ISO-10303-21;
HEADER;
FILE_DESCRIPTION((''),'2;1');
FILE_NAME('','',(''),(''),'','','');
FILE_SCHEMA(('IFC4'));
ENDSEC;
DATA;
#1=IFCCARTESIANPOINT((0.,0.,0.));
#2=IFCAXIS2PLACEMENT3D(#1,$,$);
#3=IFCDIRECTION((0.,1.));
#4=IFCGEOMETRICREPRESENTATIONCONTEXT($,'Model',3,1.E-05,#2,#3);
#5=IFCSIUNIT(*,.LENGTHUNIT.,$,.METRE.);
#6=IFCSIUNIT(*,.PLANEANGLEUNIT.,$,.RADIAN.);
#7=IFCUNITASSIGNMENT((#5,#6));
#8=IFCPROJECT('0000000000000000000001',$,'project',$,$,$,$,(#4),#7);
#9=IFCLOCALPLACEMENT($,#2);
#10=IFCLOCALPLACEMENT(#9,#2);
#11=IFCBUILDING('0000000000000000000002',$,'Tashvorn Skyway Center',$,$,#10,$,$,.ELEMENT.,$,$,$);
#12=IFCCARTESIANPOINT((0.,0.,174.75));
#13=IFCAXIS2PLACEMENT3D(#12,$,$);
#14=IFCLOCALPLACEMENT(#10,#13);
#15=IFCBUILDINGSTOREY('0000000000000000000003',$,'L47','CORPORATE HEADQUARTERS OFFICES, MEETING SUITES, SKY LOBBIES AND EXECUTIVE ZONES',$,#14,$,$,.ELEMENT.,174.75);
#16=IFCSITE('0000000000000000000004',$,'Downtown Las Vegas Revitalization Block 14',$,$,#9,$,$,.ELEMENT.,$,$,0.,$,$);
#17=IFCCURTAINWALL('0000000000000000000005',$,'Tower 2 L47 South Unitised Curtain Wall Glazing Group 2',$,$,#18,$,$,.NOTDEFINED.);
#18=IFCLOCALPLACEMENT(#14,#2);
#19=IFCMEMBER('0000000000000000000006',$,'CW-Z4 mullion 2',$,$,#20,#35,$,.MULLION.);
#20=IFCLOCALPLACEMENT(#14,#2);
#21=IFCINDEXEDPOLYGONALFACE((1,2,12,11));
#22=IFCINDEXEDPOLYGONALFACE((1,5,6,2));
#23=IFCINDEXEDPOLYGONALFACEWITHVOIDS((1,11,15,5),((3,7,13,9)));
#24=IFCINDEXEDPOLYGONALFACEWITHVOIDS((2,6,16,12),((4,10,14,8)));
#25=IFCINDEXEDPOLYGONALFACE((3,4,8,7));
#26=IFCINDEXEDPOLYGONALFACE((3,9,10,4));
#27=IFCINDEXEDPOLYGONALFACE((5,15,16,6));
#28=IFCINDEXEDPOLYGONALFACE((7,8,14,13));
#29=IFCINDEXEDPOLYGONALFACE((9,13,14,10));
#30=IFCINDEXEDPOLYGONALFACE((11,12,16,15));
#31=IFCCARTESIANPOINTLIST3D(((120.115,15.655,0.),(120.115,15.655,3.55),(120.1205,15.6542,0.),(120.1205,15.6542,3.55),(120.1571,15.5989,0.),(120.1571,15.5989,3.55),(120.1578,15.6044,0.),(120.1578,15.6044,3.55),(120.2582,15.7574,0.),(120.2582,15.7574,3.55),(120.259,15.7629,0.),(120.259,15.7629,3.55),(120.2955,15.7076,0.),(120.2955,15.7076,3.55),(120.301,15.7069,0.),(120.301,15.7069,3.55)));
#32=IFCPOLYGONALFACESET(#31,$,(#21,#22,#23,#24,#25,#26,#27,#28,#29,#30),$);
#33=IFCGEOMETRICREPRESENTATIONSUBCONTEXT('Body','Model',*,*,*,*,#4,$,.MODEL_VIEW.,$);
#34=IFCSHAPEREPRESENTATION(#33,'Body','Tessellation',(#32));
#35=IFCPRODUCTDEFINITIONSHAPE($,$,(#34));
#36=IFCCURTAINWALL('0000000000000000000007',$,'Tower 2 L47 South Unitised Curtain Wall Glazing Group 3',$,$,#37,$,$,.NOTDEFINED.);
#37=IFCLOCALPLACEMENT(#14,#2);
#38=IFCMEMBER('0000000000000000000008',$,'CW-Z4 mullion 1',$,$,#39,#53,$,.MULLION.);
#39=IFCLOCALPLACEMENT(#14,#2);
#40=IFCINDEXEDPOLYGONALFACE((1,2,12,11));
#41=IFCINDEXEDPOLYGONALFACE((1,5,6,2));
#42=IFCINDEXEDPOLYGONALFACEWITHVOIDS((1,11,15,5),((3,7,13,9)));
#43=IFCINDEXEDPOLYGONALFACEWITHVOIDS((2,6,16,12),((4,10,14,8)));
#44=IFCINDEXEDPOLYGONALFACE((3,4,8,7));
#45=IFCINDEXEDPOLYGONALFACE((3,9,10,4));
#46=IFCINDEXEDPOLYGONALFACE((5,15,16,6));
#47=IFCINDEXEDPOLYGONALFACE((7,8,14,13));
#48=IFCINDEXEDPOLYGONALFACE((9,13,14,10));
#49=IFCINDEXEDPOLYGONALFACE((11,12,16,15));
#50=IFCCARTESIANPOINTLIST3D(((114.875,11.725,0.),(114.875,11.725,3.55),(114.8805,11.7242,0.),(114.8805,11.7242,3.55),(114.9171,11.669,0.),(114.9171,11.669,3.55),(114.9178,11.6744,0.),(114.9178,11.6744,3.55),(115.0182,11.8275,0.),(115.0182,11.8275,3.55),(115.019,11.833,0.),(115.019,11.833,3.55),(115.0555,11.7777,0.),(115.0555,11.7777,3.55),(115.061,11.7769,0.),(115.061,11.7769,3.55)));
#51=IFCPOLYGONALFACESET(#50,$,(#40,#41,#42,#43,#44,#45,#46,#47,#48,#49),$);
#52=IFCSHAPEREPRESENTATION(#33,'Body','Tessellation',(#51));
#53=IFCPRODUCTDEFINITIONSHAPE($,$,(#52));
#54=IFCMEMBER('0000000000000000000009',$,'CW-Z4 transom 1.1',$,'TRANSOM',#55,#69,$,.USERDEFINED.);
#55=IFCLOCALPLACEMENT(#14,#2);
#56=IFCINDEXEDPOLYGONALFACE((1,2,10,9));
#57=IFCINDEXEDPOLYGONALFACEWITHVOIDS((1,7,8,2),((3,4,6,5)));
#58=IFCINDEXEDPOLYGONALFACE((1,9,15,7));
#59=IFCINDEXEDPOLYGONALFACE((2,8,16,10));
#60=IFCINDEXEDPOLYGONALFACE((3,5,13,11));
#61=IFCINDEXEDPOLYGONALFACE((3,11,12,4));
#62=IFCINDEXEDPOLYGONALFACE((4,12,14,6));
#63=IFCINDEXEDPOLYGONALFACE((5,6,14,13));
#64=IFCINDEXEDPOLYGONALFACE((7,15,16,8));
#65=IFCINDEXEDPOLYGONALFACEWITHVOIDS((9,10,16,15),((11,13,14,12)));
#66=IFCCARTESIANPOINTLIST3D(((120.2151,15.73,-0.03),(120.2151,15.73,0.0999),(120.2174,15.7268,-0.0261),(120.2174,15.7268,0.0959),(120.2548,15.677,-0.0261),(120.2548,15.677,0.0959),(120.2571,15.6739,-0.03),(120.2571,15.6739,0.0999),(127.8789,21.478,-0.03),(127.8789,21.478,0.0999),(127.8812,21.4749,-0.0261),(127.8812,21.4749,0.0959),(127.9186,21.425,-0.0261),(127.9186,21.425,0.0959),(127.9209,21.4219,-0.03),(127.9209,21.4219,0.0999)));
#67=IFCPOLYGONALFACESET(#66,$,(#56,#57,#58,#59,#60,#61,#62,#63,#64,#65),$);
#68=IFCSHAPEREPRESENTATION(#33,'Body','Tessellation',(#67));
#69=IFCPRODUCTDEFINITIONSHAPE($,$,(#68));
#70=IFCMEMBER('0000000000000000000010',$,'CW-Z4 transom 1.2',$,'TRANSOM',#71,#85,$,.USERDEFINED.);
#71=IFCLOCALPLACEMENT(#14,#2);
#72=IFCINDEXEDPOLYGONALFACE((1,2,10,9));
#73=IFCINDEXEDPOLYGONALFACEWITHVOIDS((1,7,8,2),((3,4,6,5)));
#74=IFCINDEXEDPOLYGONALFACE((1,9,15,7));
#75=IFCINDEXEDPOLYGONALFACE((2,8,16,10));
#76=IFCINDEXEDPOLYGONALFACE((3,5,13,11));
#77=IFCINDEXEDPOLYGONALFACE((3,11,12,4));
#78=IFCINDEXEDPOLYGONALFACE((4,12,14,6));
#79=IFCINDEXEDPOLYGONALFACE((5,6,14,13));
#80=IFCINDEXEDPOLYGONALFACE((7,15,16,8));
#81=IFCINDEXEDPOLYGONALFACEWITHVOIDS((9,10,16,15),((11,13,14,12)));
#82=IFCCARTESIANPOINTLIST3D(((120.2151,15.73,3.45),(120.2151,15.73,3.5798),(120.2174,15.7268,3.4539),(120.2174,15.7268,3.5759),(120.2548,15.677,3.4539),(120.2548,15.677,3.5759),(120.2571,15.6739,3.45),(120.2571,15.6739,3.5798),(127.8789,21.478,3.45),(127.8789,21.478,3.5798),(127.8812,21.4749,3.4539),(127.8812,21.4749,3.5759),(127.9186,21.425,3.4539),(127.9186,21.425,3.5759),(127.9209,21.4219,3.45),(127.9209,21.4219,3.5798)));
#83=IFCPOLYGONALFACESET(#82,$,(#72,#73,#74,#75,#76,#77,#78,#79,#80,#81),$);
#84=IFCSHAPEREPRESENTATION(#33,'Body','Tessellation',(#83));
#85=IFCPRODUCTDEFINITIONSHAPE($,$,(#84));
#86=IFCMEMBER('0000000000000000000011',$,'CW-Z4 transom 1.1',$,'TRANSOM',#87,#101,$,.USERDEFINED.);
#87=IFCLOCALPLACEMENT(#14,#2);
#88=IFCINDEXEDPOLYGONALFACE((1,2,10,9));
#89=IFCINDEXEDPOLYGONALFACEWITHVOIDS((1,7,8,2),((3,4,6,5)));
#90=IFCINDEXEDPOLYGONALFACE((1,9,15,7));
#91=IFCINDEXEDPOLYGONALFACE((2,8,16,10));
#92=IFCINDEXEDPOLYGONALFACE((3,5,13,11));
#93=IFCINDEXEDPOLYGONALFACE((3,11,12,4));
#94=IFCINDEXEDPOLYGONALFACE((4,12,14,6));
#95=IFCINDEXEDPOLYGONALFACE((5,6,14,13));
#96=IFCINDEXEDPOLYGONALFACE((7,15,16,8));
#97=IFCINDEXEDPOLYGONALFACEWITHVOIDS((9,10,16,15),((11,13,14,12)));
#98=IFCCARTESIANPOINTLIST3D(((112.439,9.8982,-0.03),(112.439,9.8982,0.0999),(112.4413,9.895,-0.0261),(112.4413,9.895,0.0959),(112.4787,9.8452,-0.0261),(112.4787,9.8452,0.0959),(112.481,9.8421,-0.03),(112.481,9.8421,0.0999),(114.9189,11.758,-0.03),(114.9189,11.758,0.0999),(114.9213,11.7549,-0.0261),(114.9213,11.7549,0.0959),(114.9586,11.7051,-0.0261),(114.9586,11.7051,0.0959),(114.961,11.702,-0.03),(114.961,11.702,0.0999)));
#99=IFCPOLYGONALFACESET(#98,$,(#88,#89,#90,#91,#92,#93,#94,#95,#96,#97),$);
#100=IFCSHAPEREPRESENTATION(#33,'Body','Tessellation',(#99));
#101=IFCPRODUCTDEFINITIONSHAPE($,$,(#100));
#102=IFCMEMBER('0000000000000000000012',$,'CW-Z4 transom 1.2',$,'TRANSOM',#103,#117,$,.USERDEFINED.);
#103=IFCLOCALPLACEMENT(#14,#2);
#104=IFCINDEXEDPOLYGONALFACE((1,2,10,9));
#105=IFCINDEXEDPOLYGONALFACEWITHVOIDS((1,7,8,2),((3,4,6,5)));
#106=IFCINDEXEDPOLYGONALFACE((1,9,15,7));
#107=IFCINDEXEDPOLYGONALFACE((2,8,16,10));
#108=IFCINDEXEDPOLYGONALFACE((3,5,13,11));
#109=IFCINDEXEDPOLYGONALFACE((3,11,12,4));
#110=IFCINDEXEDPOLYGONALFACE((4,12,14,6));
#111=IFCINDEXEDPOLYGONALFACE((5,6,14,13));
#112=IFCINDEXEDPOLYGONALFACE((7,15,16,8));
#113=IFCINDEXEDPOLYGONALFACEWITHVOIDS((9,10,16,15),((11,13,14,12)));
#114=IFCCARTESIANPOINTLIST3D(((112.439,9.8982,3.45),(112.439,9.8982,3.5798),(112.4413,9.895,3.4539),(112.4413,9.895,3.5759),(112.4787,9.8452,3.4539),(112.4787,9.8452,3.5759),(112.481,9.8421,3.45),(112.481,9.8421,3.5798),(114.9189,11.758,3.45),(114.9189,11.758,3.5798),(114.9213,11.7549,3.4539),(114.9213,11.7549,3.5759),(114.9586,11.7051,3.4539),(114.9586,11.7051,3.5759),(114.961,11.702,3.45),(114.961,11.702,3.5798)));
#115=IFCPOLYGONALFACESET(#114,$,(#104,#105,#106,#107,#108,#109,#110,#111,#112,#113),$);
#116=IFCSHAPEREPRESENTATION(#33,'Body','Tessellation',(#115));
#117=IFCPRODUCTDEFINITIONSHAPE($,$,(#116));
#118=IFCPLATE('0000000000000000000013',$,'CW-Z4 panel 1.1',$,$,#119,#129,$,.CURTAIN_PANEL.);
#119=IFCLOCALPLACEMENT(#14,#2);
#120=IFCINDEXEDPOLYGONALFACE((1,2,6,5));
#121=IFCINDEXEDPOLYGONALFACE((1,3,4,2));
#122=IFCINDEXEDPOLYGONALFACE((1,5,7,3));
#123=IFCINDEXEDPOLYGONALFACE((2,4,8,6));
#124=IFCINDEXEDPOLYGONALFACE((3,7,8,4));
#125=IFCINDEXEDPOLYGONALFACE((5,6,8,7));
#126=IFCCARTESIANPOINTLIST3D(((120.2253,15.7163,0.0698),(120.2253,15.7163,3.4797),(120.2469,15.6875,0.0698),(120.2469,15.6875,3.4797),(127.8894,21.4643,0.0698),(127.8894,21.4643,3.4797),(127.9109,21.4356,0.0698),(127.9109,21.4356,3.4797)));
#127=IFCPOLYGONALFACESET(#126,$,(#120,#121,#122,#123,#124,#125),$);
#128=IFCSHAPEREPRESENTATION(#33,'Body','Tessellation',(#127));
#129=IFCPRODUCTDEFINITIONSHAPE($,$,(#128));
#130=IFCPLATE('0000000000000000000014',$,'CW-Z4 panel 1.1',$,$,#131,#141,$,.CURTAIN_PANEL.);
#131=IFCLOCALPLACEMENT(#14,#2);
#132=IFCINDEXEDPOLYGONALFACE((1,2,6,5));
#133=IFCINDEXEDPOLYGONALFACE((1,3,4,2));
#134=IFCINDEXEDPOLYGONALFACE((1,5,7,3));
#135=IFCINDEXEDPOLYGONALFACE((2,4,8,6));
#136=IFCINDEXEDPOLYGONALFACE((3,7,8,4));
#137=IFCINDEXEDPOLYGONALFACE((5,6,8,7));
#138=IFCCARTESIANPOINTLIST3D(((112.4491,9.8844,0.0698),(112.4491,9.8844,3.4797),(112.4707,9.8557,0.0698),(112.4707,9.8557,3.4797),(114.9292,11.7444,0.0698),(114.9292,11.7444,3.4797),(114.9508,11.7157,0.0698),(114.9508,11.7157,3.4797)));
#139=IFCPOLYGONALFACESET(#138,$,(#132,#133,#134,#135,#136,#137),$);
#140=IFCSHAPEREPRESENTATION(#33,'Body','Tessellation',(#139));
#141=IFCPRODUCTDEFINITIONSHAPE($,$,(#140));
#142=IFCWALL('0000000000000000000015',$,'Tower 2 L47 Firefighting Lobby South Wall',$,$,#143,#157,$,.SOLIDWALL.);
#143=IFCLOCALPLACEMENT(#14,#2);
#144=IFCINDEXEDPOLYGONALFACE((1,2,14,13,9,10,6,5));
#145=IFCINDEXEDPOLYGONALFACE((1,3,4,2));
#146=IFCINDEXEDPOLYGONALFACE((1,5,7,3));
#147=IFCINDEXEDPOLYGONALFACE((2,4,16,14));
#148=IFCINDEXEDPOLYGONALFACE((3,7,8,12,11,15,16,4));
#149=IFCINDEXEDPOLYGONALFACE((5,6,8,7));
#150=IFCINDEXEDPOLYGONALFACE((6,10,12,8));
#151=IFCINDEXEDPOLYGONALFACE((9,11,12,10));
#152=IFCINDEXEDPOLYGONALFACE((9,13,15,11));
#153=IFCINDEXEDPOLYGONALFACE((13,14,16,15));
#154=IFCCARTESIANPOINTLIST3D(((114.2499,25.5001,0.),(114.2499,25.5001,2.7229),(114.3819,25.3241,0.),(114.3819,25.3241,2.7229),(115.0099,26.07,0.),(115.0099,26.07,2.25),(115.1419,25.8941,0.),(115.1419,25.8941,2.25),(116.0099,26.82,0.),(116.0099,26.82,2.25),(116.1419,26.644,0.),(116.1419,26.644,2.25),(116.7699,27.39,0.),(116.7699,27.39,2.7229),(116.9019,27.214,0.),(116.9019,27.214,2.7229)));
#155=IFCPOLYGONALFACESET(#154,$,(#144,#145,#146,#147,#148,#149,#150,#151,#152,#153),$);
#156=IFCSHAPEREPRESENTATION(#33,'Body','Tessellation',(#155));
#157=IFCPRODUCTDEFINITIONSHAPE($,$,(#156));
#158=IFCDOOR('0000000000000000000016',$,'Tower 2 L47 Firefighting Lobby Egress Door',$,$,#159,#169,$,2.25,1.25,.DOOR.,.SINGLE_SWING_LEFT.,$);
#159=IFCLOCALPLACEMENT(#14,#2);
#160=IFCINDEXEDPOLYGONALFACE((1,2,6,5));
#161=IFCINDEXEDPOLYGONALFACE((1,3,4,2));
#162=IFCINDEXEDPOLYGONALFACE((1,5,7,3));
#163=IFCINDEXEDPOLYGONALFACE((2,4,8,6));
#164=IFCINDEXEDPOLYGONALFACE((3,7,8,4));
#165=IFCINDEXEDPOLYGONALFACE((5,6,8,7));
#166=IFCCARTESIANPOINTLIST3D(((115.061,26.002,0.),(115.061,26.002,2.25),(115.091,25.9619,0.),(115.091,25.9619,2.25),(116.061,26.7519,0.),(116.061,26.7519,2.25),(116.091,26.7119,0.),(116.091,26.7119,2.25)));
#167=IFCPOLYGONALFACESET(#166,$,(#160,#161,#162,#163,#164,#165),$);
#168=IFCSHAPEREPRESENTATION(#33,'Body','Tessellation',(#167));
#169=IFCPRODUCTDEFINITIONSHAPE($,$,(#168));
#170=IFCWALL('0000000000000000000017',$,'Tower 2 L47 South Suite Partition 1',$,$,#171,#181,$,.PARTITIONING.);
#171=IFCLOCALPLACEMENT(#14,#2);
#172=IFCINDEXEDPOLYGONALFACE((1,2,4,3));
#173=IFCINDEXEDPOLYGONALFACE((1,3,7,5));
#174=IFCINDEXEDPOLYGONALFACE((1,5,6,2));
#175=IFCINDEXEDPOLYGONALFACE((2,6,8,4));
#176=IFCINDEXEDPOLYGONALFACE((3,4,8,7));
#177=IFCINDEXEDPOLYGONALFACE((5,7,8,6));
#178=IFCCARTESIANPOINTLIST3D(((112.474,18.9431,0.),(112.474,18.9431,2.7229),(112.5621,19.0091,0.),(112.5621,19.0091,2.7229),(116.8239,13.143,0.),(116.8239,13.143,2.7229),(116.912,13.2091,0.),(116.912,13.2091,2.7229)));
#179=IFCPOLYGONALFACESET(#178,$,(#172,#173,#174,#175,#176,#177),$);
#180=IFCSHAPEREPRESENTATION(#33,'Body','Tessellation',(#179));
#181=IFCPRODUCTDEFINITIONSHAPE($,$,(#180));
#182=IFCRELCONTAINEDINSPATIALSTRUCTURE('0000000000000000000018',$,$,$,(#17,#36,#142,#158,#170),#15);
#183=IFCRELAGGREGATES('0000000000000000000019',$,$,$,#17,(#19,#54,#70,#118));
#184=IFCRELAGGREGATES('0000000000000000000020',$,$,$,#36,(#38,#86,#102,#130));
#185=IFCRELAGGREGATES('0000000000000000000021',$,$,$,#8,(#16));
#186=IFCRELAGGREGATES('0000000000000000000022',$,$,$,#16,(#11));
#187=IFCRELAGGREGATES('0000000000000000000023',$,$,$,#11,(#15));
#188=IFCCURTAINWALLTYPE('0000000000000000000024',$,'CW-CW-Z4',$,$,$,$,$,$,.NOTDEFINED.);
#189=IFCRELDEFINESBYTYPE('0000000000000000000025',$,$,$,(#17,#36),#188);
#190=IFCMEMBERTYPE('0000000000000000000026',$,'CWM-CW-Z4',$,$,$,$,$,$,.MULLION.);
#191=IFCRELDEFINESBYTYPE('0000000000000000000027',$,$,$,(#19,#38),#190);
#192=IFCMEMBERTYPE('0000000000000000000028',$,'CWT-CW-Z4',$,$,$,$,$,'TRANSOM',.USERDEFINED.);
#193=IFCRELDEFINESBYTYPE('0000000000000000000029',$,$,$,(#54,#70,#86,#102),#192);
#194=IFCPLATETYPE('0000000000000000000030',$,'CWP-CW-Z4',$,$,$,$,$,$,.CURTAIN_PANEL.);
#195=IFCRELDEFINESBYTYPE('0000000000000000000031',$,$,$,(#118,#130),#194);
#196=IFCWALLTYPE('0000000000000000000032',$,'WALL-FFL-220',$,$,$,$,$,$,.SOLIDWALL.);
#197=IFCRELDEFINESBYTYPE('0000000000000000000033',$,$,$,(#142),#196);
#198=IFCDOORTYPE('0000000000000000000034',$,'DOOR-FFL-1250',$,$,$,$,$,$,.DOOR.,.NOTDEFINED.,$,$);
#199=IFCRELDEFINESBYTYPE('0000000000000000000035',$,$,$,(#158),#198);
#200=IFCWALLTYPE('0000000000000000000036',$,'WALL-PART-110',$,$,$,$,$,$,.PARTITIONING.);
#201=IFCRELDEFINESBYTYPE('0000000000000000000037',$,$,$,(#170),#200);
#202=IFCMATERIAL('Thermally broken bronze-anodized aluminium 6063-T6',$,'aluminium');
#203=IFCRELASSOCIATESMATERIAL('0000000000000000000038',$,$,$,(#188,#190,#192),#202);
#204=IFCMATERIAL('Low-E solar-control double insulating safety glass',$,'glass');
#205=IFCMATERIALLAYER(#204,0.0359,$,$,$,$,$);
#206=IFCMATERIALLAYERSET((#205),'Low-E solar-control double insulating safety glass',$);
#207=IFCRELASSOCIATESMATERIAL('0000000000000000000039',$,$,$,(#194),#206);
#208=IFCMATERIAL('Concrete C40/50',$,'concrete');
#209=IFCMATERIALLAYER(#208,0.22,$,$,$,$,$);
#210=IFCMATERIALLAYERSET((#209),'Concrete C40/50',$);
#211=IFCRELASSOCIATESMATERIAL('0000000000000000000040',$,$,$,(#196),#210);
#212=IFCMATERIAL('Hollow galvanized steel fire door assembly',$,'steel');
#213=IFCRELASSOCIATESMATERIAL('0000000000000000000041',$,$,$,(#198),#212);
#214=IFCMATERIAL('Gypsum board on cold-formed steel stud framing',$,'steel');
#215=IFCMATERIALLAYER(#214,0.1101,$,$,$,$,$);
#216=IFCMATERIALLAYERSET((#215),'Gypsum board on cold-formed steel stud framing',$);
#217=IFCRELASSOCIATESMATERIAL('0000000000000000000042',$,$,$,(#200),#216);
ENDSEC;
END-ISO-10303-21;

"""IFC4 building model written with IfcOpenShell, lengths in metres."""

from ifc_helpers import new_model, si_unit, direction, frame, frame_2d, origin, origin_2d, place, context, subcontext, project, spatial, rectangle, hollow_rectangle, extrude, material, layer, layer_set, material_profile, profile_set, type_object, element, fill, aggregate, save


model = new_model("IFC4")

# Units and contexts
model_context = context("Model", 3, precision=1e-05, world=origin(), true_north=direction((0.0, 1.0)))
body_context = subcontext(model_context, "Body", "Model", "MODEL_VIEW")
ifc_project = project(units=[si_unit("LENGTHUNIT", "METRE"), si_unit("PLANEANGLEUNIT", "RADIAN")], contexts=[model_context])

# Site, building, storey
site_placement = place(None, origin())
site = spatial("IfcSite", under=ifc_project, at=site_placement, Name="Downtown Las Vegas Revitalization Block 14", CompositionType="ELEMENT", RefElevation=0.0)
building_placement = place(site_placement, origin())
building = spatial("IfcBuilding", under=site, at=building_placement, Name="Tashvorn Skyway Center", CompositionType="ELEMENT")
storey_placement = place(building_placement, frame((0.0, 0.0, 174.75)))
storey = spatial("IfcBuildingStorey", under=building, at=storey_placement, Name="L47", Description="CORPORATE HEADQUARTERS OFFICES, MEETING SUITES, SKY LOBBIES AND EXECUTIVE ZONES", CompositionType="ELEMENT", Elevation=174.75)

# Shared definitions
ifc_material_1 = material(Name="Thermally broken bronze-anodized aluminium 6063-T6", Category="aluminium")
curtain_wall_type = type_object("IfcCurtainWallType", Name="CW-CW-Z4", PredefinedType="NOTDEFINED", material=ifc_material_1)
ifc_material_profile_1 = material_profile(ifc_material_1, hollow_rectangle(XDim=0.0701, YDim=0.1799, WallThickness=0.0039, at=origin_2d()), Name="ALU-MULL-70x180")
ifc_profile_set_1 = profile_set([ifc_material_profile_1], Name="Thermally broken bronze-anodized aluminium 6063-T6")
member_type_1 = type_object("IfcMemberType", Name="CWM-CW-Z4", PredefinedType="MULLION", material=ifc_profile_set_1)

# Curtain wall, member
curtain_wall_1_placement = place(storey_placement, origin())
curtain_wall_1 = element("IfcCurtainWall", 1, at=curtain_wall_1_placement, inside=storey, type_object=curtain_wall_type, Name="Tower 2 L47 South Unitised Curtain Wall Glazing Group 2", PredefinedType="NOTDEFINED")
member_1_placement = place(storey_placement, frame((120.208, 15.6809, 0.0), z_axis=(0.0, 0.0, 1.0), x_axis=(0.6, -0.8, 0.0)))
member_1 = element("IfcMember", 2, at=member_1_placement, type_object=member_type_1, Name="CW-Z4 mullion 2", PredefinedType="MULLION", context=body_context, shape_type="SweptSolid", body=[
    extrude(hollow_rectangle(XDim=0.0701, YDim=0.1799, WallThickness=0.0039, at=origin_2d()), origin(), (0.0, 0.0, 1.0), 3.55),
])

# Curtain wall, member
curtain_wall_2_placement = place(storey_placement, origin())
curtain_wall_2 = element("IfcCurtainWall", 3, at=curtain_wall_2_placement, inside=storey, type_object=curtain_wall_type, Name="Tower 2 L47 South Unitised Curtain Wall Glazing Group 3", PredefinedType="NOTDEFINED")
member_2_placement = place(storey_placement, frame((114.968, 11.751, 0.0), z_axis=(0.0, 0.0, 1.0), x_axis=(0.6, -0.8, 0.0)))
member_2 = element("IfcMember", 4, at=member_2_placement, type_object=member_type_1, Name="CW-Z4 mullion 1", PredefinedType="MULLION", context=body_context, shape_type="SweptSolid", body=[
    extrude(hollow_rectangle(XDim=0.0701, YDim=0.1799, WallThickness=0.0039, at=origin_2d()), origin(), (0.0, 0.0, 1.0), 3.55),
])

# Members
ifc_material_profile_2 = material_profile(ifc_material_1, hollow_rectangle(XDim=0.0701, YDim=0.1299, WallThickness=0.0039, at=origin_2d()), Name="ALU-TRAN-70x130")
ifc_profile_set_2 = profile_set([ifc_material_profile_2], Name="Thermally broken bronze-anodized aluminium 6063-T6")
member_type_2 = type_object("IfcMemberType", Name="CWT-CW-Z4", ElementType="TRANSOM", PredefinedType="USERDEFINED", material=ifc_profile_set_2)
member_3_placement = place(storey_placement, frame((127.8999, 21.45, 0.0349), z_axis=(-0.799991, -0.600012, 0.0), x_axis=(0.600012, -0.799991, 0.0)))
member_3 = element("IfcMember", 5, at=member_3_placement, type_object=member_type_2, Name="CW-Z4 transom 1.1", ObjectType="TRANSOM", PredefinedType="USERDEFINED", context=body_context, shape_type="SweptSolid", body=[
    extrude(hollow_rectangle(XDim=0.0701, YDim=0.1299, WallThickness=0.0039, at=origin_2d()), origin(), (0.0, 0.0, 1.0), 9.5798),
])
member_4_placement = place(storey_placement, frame((127.8999, 21.45, 3.5149), z_axis=(-0.799991, -0.600012, 0.0), x_axis=(0.600012, -0.799991, 0.0)))
member_4 = element("IfcMember", 6, at=member_4_placement, type_object=member_type_2, Name="CW-Z4 transom 1.2", ObjectType="TRANSOM", PredefinedType="USERDEFINED", context=body_context, shape_type="SweptSolid", body=[
    extrude(hollow_rectangle(XDim=0.0701, YDim=0.1299, WallThickness=0.0039, at=origin_2d()), origin(), (0.0, 0.0, 1.0), 9.5798),
])
member_5_placement = place(storey_placement, frame((114.9399, 11.73, 0.0349), z_axis=(-0.800019, -0.599975, 0.0), x_axis=(0.599975, -0.800019, 0.0)))
member_5 = element("IfcMember", 7, at=member_5_placement, type_object=member_type_2, Name="CW-Z4 transom 1.1", ObjectType="TRANSOM", PredefinedType="USERDEFINED", context=body_context, shape_type="SweptSolid", body=[
    extrude(hollow_rectangle(XDim=0.0701, YDim=0.1299, WallThickness=0.0039, at=origin_2d()), origin(), (0.0, 0.0, 1.0), 3.0999),
])
member_6_placement = place(storey_placement, frame((114.9399, 11.73, 3.5149), z_axis=(-0.800019, -0.599975, 0.0), x_axis=(0.599975, -0.800019, 0.0)))
member_6 = element("IfcMember", 8, at=member_6_placement, type_object=member_type_2, Name="CW-Z4 transom 1.2", ObjectType="TRANSOM", PredefinedType="USERDEFINED", context=body_context, shape_type="SweptSolid", body=[
    extrude(hollow_rectangle(XDim=0.0701, YDim=0.1299, WallThickness=0.0039, at=origin_2d()), origin(), (0.0, 0.0, 1.0), 3.0999),
])

# Plates
ifc_material_2 = material(Name="Low-E solar-control double insulating safety glass", Category="glass")
ifc_layer_1 = layer(ifc_material_2, 0.0359)
ifc_layer_set_1 = layer_set([ifc_layer_1], Name="Low-E solar-control double insulating safety glass")
plate_type = type_object("IfcPlateType", Name="CWP-CW-Z4", PredefinedType="CURTAIN_PANEL", material=ifc_layer_set_1)
plate_1_placement = place(storey_placement, frame((124.0681, 18.5759, 0.0698), z_axis=(0.0, 0.0, 1.0), x_axis=(-0.8, -0.6, 0.0)))
plate_1 = element("IfcPlate", 9, at=plate_1_placement, type_object=plate_type, Name="CW-Z4 panel 1.1", PredefinedType="CURTAIN_PANEL", context=body_context, shape_type="SweptSolid", body=[
    extrude(rectangle(XDim=9.5801, YDim=0.0359, at=origin_2d()), origin(), (0.0, 0.0, 1.0), 3.4099),
])
aggregate(curtain_wall_1, [member_1, member_3, member_4, plate_1])
plate_2_placement = place(storey_placement, frame((113.7, 10.8, 0.0698), z_axis=(0.0, 0.0, 1.0), x_axis=(-0.8, -0.6, 0.0)))
plate_2 = element("IfcPlate", 10, at=plate_2_placement, type_object=plate_type, Name="CW-Z4 panel 1.1", PredefinedType="CURTAIN_PANEL", context=body_context, shape_type="SweptSolid", body=[
    extrude(rectangle(XDim=3.1001, YDim=0.0359, at=origin_2d()), origin(), (0.0, 0.0, 1.0), 3.4099),
])
aggregate(curtain_wall_2, [member_2, member_5, member_6, plate_2])

# Wall, opening, door
ifc_material_3 = material(Name="Concrete C40/50", Category="concrete")
ifc_layer_2 = layer(ifc_material_3, 0.22)
ifc_layer_set_2 = layer_set([ifc_layer_2], Name="Concrete C40/50")
wall_type_1 = type_object("IfcWallType", Name="WALL-FFL-220", PredefinedType="SOLIDWALL", material=ifc_layer_set_2)
wall_1_placement = place(storey_placement, frame((114.3159, 25.4121, 0.0), z_axis=(0.0, 0.0, 1.0), x_axis=(0.800019, 0.599975, 0.0)))
wall_1 = element("IfcWall", 11, at=wall_1_placement, inside=storey, type_object=wall_type_1, Name="Tower 2 L47 Firefighting Lobby South Wall", PredefinedType="SOLIDWALL", context=body_context, shape_type="SweptSolid", body=[
    extrude(rectangle(XDim=3.1499, YDim=0.22, at=frame_2d((1.575, 0.0))), origin(), (0.0, 0.0, 1.0), 2.7229),
])
opening_1_placement = place(wall_1_placement, frame((0.95, 0.0, 0.0)))
opening_1 = element("IfcOpeningElement", 12, at=opening_1_placement, cuts=wall_1, PredefinedType="OPENING", context=body_context, shape_type="SweptSolid", body=[
    extrude(rectangle(XDim=1.25, YDim=2.25, at=frame_2d((0.625, 1.125))), frame((0.0, 0.1199, 0.0), z_axis=(0.0, -1.0, 0.0), x_axis=(1.0, 0.0, 0.0)), (0.0, 0.0, 1.0), 0.24),
])
ifc_material_4 = material(Name="Hollow galvanized steel fire door assembly", Category="steel")
door_type_1 = type_object("IfcDoorType", Name="DOOR-FFL-1250", OperationType="NOTDEFINED", PredefinedType="DOOR", material=ifc_material_4)
door_1_placement = place(opening_1_placement, origin())
door_1 = element("IfcDoor", 13, at=door_1_placement, inside=storey, type_object=door_type_1, Name="Tower 2 L47 Firefighting Lobby Egress Door", OperationType="SINGLE_SWING_LEFT", OverallHeight=2.25, OverallWidth=1.25, PredefinedType="DOOR", context=body_context, shape_type="SweptSolid", body=[
    extrude(rectangle(XDim=1.25, YDim=2.25, at=frame_2d((0.625, 1.125))), frame((0.0, 0.0249, 0.0), z_axis=(0.0, -1.0, 0.0), x_axis=(1.0, 0.0, 0.0)), (0.0, 0.0, 1.0), 0.05),
])
fill(opening_1, door_1)

# Wall
ifc_material_5 = material(Name="Gypsum board on cold-formed steel stud framing", Category="steel")
ifc_layer_3 = layer(ifc_material_5, 0.1101)
ifc_layer_set_3 = layer_set([ifc_layer_3], Name="Gypsum board on cold-formed steel stud framing")
wall_type_2 = type_object("IfcWallType", Name="WALL-PART-110", PredefinedType="PARTITIONING", material=ifc_layer_set_3)
for number, where, z_axis, x_axis, name in (
    (14, (116.8679, 13.176, 0.0), (0.0, 0.0, 1.0), (-0.599984, 0.800012, 0.0), "Tower 2 L47 South Suite Partition 1"),
):
    element("IfcWall", number, at=place(storey_placement, frame(where, z_axis=z_axis, x_axis=x_axis)), inside=storey, type_object=wall_type_2, Name=name, PredefinedType="PARTITIONING", context=body_context, shape_type="SweptSolid", body=[
        extrude(rectangle(XDim=7.25, YDim=0.1101, at=frame_2d((3.625, 0.0))), origin(), (0.0, 0.0, 1.0), 2.7229),
    ])

save(model, "model.ifc")
